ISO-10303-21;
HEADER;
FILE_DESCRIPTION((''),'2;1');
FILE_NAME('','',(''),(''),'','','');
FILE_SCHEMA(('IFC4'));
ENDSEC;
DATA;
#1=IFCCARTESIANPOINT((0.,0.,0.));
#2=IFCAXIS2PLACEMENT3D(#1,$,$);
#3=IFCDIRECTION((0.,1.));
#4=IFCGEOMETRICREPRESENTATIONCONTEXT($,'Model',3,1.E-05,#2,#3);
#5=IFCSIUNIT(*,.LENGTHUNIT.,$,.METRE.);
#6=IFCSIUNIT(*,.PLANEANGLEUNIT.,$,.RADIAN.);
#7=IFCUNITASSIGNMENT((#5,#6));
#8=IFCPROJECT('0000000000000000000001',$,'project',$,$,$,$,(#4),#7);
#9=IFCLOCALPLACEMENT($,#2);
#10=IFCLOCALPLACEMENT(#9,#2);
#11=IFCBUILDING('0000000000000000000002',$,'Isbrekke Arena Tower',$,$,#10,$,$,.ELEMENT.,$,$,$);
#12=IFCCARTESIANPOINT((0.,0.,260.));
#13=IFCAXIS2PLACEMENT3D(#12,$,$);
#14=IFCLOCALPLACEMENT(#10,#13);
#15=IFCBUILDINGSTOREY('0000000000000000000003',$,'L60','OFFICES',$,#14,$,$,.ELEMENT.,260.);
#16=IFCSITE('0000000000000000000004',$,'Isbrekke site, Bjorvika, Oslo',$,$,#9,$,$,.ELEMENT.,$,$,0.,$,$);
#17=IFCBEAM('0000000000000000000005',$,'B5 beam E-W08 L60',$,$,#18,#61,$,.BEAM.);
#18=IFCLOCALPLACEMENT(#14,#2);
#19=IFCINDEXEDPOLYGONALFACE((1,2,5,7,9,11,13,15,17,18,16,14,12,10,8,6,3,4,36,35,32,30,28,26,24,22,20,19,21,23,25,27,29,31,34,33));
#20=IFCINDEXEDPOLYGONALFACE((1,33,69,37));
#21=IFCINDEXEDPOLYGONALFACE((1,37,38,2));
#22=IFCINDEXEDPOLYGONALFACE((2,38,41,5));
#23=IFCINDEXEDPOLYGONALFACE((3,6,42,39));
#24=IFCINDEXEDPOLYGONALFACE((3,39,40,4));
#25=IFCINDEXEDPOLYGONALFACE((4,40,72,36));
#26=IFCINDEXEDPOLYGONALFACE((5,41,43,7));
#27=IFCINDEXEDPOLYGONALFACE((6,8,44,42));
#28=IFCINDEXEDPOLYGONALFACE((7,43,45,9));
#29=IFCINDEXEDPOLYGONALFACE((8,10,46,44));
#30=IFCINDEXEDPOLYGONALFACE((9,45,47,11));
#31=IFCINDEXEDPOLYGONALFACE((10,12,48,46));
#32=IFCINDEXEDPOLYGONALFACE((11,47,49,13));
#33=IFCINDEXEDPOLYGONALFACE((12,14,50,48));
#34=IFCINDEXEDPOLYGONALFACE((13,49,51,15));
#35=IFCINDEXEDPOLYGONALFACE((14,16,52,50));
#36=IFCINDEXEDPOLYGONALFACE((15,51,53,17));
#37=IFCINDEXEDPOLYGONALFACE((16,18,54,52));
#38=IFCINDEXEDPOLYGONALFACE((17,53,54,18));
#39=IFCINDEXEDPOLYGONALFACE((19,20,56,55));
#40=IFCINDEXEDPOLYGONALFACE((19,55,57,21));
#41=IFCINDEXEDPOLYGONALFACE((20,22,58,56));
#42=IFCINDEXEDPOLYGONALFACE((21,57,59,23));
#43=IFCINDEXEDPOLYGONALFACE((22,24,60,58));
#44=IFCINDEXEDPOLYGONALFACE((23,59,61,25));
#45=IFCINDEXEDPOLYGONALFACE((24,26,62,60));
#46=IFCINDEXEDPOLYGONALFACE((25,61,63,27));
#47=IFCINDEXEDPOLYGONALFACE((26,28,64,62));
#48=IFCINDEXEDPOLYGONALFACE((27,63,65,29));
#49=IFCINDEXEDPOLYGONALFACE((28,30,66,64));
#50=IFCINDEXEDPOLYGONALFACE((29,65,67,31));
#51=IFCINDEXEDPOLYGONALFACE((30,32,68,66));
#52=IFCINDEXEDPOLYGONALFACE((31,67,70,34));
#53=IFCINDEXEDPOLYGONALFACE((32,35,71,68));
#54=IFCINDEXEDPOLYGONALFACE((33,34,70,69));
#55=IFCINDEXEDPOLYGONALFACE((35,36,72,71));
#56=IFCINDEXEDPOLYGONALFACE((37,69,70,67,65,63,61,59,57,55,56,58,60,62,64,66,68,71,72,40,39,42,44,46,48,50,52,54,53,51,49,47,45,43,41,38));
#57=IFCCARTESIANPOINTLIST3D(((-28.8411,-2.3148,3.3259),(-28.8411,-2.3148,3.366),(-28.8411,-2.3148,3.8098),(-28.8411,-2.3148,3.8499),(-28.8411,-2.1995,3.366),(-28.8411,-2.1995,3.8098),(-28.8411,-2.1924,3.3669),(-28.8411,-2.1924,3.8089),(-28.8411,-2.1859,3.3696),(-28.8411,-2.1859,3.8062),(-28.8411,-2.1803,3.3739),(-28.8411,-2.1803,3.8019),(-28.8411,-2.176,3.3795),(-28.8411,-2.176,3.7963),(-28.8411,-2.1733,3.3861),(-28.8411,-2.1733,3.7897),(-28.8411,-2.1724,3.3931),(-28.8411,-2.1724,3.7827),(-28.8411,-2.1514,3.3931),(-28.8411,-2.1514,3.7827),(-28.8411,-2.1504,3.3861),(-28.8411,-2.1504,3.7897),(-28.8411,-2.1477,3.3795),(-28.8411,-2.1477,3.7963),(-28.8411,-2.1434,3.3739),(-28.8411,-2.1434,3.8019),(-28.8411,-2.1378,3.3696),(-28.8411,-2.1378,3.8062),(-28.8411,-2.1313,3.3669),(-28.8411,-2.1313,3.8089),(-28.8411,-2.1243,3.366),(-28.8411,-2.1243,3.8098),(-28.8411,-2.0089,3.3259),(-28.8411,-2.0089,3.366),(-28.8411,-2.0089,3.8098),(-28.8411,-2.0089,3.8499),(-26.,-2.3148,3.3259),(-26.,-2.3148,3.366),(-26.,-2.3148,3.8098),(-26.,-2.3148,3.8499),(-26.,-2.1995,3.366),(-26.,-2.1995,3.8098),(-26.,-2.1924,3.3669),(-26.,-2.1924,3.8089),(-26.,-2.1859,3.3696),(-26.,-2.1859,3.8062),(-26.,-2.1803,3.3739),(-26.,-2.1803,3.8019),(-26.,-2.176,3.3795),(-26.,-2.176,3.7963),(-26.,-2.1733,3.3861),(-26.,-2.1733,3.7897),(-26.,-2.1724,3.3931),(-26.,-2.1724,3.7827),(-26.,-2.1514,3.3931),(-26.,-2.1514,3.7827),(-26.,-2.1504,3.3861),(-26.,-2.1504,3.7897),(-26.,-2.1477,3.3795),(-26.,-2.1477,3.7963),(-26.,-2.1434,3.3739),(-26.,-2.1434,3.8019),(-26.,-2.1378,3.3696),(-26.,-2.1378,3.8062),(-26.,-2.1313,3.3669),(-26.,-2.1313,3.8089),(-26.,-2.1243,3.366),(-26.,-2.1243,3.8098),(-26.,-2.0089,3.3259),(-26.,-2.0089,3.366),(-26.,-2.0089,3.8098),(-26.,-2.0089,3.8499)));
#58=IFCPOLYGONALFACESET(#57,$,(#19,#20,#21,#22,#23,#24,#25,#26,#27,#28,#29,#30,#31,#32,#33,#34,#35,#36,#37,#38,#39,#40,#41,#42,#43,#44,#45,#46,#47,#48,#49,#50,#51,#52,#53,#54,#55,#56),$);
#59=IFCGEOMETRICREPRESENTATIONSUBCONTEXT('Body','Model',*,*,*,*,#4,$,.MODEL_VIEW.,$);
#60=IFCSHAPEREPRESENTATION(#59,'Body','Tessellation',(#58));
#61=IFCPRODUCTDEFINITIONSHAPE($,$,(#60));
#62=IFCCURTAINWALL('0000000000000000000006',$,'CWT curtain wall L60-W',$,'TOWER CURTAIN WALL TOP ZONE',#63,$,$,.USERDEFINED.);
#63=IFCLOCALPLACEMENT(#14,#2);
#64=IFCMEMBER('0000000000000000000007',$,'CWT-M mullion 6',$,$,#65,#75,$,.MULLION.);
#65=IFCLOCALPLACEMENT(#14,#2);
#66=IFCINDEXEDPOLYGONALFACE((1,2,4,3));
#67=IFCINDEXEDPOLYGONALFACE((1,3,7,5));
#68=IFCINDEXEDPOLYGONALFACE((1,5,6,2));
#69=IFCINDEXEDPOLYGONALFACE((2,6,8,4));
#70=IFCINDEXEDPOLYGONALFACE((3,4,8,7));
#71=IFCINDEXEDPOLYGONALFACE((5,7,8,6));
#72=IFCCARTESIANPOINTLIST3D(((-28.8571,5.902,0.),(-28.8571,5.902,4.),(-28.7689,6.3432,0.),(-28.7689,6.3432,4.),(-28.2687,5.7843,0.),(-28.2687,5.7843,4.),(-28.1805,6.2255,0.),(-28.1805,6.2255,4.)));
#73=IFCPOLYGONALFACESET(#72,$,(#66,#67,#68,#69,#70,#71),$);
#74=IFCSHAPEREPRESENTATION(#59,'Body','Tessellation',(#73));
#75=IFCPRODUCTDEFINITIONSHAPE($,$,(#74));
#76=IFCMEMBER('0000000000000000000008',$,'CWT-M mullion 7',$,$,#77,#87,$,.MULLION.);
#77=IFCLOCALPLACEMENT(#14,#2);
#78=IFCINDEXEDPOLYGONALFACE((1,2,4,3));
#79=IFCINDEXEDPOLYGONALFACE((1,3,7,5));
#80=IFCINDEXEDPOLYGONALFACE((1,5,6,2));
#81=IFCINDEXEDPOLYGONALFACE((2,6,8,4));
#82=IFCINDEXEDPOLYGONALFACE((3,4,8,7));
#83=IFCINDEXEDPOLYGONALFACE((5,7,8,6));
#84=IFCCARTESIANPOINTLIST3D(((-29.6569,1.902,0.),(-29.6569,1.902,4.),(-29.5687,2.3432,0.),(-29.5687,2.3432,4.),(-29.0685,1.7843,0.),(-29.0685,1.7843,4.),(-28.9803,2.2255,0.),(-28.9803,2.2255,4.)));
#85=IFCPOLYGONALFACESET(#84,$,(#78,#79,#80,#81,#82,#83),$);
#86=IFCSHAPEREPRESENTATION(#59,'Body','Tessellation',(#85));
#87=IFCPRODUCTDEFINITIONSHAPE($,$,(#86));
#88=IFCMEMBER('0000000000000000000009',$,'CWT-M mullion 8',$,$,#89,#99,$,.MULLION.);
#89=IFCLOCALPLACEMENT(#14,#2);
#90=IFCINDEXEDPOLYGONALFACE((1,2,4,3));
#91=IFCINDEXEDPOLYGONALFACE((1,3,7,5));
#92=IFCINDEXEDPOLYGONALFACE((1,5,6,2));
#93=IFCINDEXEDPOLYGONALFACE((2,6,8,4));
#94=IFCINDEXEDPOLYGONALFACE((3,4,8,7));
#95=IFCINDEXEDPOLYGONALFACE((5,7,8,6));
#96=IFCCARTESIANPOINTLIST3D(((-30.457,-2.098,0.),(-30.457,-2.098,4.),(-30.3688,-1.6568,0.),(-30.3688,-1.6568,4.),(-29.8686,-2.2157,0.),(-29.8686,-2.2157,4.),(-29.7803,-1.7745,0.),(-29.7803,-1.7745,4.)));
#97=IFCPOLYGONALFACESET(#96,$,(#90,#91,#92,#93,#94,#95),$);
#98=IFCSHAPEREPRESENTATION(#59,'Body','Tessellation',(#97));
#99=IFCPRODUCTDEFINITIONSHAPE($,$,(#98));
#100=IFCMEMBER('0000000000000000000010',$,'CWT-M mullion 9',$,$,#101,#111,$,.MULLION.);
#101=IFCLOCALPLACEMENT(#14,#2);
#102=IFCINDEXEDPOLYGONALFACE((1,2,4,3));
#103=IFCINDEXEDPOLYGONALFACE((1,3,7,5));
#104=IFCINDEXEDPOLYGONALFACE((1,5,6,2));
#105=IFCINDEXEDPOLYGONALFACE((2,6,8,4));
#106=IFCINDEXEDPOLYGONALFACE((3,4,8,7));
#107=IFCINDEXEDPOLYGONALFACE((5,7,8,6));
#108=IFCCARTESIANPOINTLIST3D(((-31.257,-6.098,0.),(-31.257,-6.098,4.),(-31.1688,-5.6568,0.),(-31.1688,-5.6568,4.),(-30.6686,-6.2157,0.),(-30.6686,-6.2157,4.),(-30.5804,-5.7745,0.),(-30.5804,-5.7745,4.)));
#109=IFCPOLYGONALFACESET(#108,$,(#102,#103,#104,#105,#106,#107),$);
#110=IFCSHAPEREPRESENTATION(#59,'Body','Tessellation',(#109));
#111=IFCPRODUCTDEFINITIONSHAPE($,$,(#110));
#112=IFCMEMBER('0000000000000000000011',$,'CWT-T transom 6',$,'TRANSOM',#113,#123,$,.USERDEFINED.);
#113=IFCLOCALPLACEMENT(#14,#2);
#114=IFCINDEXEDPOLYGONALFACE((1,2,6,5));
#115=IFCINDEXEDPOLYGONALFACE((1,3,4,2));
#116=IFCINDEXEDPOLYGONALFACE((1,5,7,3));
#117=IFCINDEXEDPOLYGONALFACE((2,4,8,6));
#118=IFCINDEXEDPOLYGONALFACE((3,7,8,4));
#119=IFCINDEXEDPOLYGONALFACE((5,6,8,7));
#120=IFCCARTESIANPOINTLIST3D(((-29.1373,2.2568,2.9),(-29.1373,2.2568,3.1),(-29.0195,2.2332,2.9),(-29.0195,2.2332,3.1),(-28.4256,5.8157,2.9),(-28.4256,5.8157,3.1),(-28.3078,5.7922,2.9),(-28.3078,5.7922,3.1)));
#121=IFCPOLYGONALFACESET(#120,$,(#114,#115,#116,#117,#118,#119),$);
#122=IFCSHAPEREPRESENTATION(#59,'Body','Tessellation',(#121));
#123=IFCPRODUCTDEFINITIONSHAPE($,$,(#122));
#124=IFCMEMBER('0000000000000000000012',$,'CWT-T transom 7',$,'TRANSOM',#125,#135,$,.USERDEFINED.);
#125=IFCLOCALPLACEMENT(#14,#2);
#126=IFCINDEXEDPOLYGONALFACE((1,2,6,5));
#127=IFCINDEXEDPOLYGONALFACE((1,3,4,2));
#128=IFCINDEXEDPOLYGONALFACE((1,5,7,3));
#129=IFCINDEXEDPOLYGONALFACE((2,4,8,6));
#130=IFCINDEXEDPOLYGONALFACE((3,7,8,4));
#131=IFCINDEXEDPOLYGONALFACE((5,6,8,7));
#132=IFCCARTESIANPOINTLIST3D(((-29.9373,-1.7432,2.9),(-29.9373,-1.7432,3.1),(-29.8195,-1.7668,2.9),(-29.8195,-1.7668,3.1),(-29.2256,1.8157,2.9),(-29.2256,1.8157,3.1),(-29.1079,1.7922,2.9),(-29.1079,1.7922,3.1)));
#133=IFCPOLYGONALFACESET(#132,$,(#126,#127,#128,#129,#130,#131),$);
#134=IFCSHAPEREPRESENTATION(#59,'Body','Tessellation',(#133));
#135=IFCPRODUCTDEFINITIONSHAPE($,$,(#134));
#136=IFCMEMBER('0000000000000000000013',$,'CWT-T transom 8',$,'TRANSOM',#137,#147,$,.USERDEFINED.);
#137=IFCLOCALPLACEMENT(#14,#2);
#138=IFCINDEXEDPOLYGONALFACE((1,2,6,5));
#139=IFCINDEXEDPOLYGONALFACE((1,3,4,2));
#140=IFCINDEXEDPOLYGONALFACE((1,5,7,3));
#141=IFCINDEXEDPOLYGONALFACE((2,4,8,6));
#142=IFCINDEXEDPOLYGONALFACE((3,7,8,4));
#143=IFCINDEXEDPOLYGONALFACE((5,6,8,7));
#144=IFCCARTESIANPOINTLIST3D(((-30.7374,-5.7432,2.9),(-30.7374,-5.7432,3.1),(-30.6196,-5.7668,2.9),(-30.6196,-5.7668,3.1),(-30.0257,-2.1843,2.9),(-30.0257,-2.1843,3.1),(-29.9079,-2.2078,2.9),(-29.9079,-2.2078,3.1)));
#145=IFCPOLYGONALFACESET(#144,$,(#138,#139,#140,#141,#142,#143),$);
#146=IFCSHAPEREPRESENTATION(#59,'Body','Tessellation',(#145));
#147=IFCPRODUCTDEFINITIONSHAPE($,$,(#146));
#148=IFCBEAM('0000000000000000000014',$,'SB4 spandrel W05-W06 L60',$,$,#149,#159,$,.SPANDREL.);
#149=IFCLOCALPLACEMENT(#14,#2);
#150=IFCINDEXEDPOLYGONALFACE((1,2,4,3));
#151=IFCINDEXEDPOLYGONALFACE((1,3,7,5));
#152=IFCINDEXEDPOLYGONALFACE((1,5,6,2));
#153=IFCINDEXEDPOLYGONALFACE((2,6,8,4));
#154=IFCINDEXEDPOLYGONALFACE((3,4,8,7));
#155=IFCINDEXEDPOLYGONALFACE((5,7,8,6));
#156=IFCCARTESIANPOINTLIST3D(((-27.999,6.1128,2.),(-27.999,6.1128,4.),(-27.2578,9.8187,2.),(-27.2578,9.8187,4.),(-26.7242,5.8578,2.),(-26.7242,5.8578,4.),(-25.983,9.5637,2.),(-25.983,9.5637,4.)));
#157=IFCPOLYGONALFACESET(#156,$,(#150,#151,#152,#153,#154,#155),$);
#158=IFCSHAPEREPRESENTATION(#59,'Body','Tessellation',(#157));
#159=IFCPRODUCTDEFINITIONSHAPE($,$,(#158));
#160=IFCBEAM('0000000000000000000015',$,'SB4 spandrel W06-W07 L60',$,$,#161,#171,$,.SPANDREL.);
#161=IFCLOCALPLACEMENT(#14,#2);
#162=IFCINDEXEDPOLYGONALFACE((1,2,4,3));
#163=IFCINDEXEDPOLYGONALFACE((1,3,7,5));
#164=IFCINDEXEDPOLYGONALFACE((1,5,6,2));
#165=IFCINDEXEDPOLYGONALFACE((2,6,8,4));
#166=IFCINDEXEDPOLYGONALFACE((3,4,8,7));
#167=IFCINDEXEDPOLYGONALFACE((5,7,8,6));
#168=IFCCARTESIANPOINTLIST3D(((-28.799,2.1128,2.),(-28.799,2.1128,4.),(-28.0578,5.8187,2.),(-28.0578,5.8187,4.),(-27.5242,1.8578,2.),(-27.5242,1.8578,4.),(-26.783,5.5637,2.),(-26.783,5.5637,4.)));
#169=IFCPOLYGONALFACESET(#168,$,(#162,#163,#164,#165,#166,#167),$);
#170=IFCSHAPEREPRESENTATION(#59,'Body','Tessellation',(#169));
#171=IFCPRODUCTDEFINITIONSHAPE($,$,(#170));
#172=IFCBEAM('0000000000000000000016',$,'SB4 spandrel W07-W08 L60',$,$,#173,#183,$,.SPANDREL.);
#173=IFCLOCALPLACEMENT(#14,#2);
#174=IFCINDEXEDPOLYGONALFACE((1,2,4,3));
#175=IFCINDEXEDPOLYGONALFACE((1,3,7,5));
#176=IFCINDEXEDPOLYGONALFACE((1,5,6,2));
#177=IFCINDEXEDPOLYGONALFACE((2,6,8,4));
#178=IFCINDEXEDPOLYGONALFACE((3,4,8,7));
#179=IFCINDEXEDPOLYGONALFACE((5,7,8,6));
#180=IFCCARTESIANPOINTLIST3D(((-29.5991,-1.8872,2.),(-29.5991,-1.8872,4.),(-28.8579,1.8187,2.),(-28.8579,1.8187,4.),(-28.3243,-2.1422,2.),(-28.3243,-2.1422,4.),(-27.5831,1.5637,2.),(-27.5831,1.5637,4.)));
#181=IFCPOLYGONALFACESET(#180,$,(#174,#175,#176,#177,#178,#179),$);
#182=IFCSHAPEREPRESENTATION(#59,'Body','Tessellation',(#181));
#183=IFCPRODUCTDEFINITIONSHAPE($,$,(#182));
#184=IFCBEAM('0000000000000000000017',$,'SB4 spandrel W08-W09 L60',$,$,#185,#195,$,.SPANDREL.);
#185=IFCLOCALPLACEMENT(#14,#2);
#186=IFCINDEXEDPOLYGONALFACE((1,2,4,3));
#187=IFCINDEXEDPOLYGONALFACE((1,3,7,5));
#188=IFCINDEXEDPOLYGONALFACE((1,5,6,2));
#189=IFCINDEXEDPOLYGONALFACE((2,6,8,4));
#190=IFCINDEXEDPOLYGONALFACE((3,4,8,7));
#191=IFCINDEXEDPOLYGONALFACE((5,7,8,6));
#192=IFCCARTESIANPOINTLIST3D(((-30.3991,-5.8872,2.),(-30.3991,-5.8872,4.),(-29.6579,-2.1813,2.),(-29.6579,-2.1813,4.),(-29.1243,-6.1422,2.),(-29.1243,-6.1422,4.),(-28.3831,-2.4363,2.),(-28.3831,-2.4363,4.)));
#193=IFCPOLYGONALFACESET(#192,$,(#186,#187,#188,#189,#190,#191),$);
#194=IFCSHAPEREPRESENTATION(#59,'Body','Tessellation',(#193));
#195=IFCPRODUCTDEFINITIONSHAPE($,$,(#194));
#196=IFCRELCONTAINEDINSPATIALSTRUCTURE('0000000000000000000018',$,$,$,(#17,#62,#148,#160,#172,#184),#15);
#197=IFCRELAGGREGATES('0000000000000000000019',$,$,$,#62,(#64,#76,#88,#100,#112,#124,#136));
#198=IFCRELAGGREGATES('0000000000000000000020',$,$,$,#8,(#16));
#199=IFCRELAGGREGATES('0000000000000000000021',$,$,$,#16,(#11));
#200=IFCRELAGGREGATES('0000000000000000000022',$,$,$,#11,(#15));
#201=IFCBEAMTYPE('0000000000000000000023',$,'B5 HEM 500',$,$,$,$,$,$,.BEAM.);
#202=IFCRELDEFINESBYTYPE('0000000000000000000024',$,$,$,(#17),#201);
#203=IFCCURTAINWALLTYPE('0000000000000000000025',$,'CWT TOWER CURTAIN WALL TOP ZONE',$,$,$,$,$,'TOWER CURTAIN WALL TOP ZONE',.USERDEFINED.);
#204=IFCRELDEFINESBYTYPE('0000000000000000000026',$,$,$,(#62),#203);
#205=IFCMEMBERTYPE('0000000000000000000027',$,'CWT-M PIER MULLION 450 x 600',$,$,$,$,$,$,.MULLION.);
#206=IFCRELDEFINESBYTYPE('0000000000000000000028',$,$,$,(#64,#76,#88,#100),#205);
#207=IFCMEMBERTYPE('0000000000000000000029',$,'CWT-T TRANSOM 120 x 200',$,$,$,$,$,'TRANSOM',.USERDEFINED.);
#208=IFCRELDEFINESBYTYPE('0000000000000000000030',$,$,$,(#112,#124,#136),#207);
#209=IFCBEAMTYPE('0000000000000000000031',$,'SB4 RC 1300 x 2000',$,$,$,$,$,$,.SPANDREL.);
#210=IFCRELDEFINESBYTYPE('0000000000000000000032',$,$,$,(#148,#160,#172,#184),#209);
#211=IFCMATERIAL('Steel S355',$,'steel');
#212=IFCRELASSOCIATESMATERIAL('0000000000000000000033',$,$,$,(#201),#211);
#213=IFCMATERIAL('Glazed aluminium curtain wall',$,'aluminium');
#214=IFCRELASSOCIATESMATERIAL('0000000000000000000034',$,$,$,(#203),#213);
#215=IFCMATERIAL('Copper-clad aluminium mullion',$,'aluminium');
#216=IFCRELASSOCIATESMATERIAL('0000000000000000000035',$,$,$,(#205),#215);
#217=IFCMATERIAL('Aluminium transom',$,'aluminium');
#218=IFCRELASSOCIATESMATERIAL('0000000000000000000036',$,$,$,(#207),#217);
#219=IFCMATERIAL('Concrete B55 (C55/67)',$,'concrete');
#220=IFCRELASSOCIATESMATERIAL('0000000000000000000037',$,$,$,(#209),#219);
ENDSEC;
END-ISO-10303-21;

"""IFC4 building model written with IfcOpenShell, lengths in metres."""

from ifc_helpers import new_model, si_unit, direction, frame, origin, origin_2d, place, context, subcontext, project, spatial, rectangle, i_section, extrude, material, material_profile, profile_set, type_object, element, aggregate, save


model = new_model("IFC4")

# Units and contexts
model_context = context("Model", 3, precision=1e-05, world=origin(), true_north=direction((0.0, 1.0)))
body_context = subcontext(model_context, "Body", "Model", "MODEL_VIEW")
ifc_project = project(units=[si_unit("LENGTHUNIT", "METRE"), si_unit("PLANEANGLEUNIT", "RADIAN")], contexts=[model_context])

# Site, building, storey
site_placement = place(None, origin())
site = spatial("IfcSite", under=ifc_project, at=site_placement, Name="Isbrekke site, Bjorvika, Oslo", CompositionType="ELEMENT", RefElevation=0.0)
building_placement = place(site_placement, origin())
building = spatial("IfcBuilding", under=site, at=building_placement, Name="Isbrekke Arena Tower", CompositionType="ELEMENT")
storey_placement = place(building_placement, frame((0.0, 0.0, 260.0)))
storey = spatial("IfcBuildingStorey", under=building, at=storey_placement, Name="L60", Description="OFFICES", CompositionType="ELEMENT", Elevation=260.0)

# Beam
ifc_material_1 = material(Name="Steel S355", Category="steel")
ifc_material_profile_1 = material_profile(ifc_material_1, i_section(OverallWidth=0.3059, OverallDepth=0.5239, WebThickness=0.021, FlangeThickness=0.04, FilletRadius=0.0271, at=origin_2d()), Name="HEM 500")
ifc_profile_set_1 = profile_set([ifc_material_profile_1], Name="Steel S355")
beam_type_1 = type_object("IfcBeamType", Name="B5 HEM 500", PredefinedType="BEAM", material=ifc_profile_set_1)
beam_1_placement = place(storey_placement, frame((-28.8411, -2.1619, 3.5879), z_axis=(1.0, 0.0, 0.0), x_axis=(0.0, 1.0, 0.0)))
element("IfcBeam", 1, at=beam_1_placement, inside=storey, type_object=beam_type_1, Name="B5 beam E-W08 L60", PredefinedType="BEAM", context=body_context, shape_type="SweptSolid", body=[
    extrude(i_section(OverallWidth=0.3059, OverallDepth=0.5239, WebThickness=0.021, FlangeThickness=0.04, FilletRadius=0.0271, at=origin_2d()), origin(), (0.0, 0.0, 1.0), 2.8411),
])

# Curtain wall, members
ifc_material_2 = material(Name="Glazed aluminium curtain wall", Category="aluminium")
curtain_wall_type = type_object("IfcCurtainWallType", Name="CWT TOWER CURTAIN WALL TOP ZONE", ElementType="TOWER CURTAIN WALL TOP ZONE", PredefinedType="USERDEFINED", material=ifc_material_2)
curtain_wall_placement = place(storey_placement, origin())
curtain_wall = element("IfcCurtainWall", 2, at=curtain_wall_placement, inside=storey, type_object=curtain_wall_type, Name="CWT curtain wall L60-W", ObjectType="TOWER CURTAIN WALL TOP ZONE", PredefinedType="USERDEFINED")
ifc_material_3 = material(Name="Copper-clad aluminium mullion", Category="aluminium")
ifc_material_profile_2 = material_profile(ifc_material_3, rectangle(XDim=0.45, YDim=0.6001, at=origin_2d()), Name="PIER 450X600")
ifc_profile_set_2 = profile_set([ifc_material_profile_2], Name="Copper-clad aluminium mullion")
member_type_1 = type_object("IfcMemberType", Name="CWT-M PIER MULLION 450 x 600", PredefinedType="MULLION", material=ifc_profile_set_2)
member_1_placement = place(storey_placement, frame((-28.5188, 6.0637, 0.0), z_axis=(0.0, 0.0, 1.0), x_axis=(-0.196116, -0.980581, 0.0)))
member_1 = element("IfcMember", 3, at=member_1_placement, type_object=member_type_1, Name="CWT-M mullion 6", PredefinedType="MULLION", context=body_context, shape_type="SweptSolid", body=[
    extrude(rectangle(XDim=0.45, YDim=0.6001, at=origin_2d()), origin(), (0.0, 0.0, 1.0), 4.0),
])
member_2_placement = place(storey_placement, frame((-29.3186, 2.0637, 0.0), z_axis=(0.0, 0.0, 1.0), x_axis=(-0.196116, -0.980581, 0.0)))
member_2 = element("IfcMember", 4, at=member_2_placement, type_object=member_type_1, Name="CWT-M mullion 7", PredefinedType="MULLION", context=body_context, shape_type="SweptSolid", body=[
    extrude(rectangle(XDim=0.45, YDim=0.6001, at=origin_2d()), origin(), (0.0, 0.0, 1.0), 4.0),
])
member_3_placement = place(storey_placement, frame((-30.1187, -1.9363, 0.0), z_axis=(0.0, 0.0, 1.0), x_axis=(-0.196116, -0.980581, 0.0)))
member_3 = element("IfcMember", 5, at=member_3_placement, type_object=member_type_1, Name="CWT-M mullion 8", PredefinedType="MULLION", context=body_context, shape_type="SweptSolid", body=[
    extrude(rectangle(XDim=0.45, YDim=0.6001, at=origin_2d()), origin(), (0.0, 0.0, 1.0), 4.0),
])
member_4_placement = place(storey_placement, frame((-30.9187, -5.9363, 0.0), z_axis=(0.0, 0.0, 1.0), x_axis=(-0.196116, -0.980581, 0.0)))
member_4 = element("IfcMember", 6, at=member_4_placement, type_object=member_type_1, Name="CWT-M mullion 9", PredefinedType="MULLION", context=body_context, shape_type="SweptSolid", body=[
    extrude(rectangle(XDim=0.45, YDim=0.6001, at=origin_2d()), origin(), (0.0, 0.0, 1.0), 4.0),
])
ifc_material_4 = material(Name="Aluminium transom", Category="aluminium")
ifc_material_profile_3 = material_profile(ifc_material_4, rectangle(XDim=0.1201, YDim=0.2, at=origin_2d()), Name="TRANSOM 120X200")
ifc_profile_set_3 = profile_set([ifc_material_profile_3], Name="Aluminium transom")
member_type_2 = type_object("IfcMemberType", Name="CWT-T TRANSOM 120 x 200", ElementType="TRANSOM", PredefinedType="USERDEFINED", material=ifc_profile_set_3)
member_5_placement = place(storey_placement, frame((-28.3667, 5.804, 3.0), z_axis=(-0.19609, -0.980586, 0.0), x_axis=(0.980586, -0.19609, 0.0)))
member_5 = element("IfcMember", 7, at=member_5_placement, type_object=member_type_2, Name="CWT-T transom 6", ObjectType="TRANSOM", PredefinedType="USERDEFINED", context=body_context, shape_type="SweptSolid", body=[
    extrude(rectangle(XDim=0.1201, YDim=0.2, at=origin_2d()), origin(), (0.0, 0.0, 1.0), 3.6294),
])
member_6_placement = place(storey_placement, frame((-29.1667, 1.804, 3.0), z_axis=(-0.19609, -0.980586, 0.0), x_axis=(0.980586, -0.19609, 0.0)))
member_6 = element("IfcMember", 8, at=member_6_placement, type_object=member_type_2, Name="CWT-T transom 7", ObjectType="TRANSOM", PredefinedType="USERDEFINED", context=body_context, shape_type="SweptSolid", body=[
    extrude(rectangle(XDim=0.1201, YDim=0.2, at=origin_2d()), origin(), (0.0, 0.0, 1.0), 3.6294),
])
member_7_placement = place(storey_placement, frame((-29.9668, -2.196, 3.0), z_axis=(-0.19609, -0.980586, 0.0), x_axis=(0.980586, -0.19609, 0.0)))
member_7 = element("IfcMember", 9, at=member_7_placement, type_object=member_type_2, Name="CWT-T transom 8", ObjectType="TRANSOM", PredefinedType="USERDEFINED", context=body_context, shape_type="SweptSolid", body=[
    extrude(rectangle(XDim=0.1201, YDim=0.2, at=origin_2d()), origin(), (0.0, 0.0, 1.0), 3.6294),
])

# Beams
ifc_material_5 = material(Name="Concrete B55 (C55/67)", Category="concrete")
ifc_material_profile_4 = material_profile(ifc_material_5, rectangle(XDim=1.3, YDim=2.0, at=origin_2d()), Name="RC 1300x2000")
ifc_profile_set_4 = profile_set([ifc_material_profile_4], Name="Concrete B55 (C55/67)")
beam_type_2 = type_object("IfcBeamType", Name="SB4 RC 1300 x 2000", PredefinedType="SPANDREL", material=ifc_profile_set_4)
for number, where, z_axis, x_axis, name in (
    (10, (-26.6204, 9.6912, 3.0), (-0.196129, -0.980578, 0.0), (0.980578, -0.196129, 0.0), "SB4 spandrel W05-W06 L60"),
    (11, (-27.4204, 5.6912, 3.0), (-0.196129, -0.980578, 0.0), (0.980578, -0.196129, 0.0), "SB4 spandrel W06-W07 L60"),
    (12, (-28.2205, 1.6912, 3.0), (-0.196129, -0.980578, 0.0), (0.980578, -0.196129, 0.0), "SB4 spandrel W07-W08 L60"),
    (13, (-29.0205, -2.3088, 3.0), (-0.196129, -0.980578, 0.0), (0.980578, -0.196129, 0.0), "SB4 spandrel W08-W09 L60"),
):
    element("IfcBeam", number, at=place(storey_placement, frame(where, z_axis=z_axis, x_axis=x_axis)), inside=storey, type_object=beam_type_2, Name=name, PredefinedType="SPANDREL", context=body_context, shape_type="SweptSolid", body=[
        extrude(rectangle(XDim=1.3, YDim=2.0, at=origin_2d()), origin(), (0.0, 0.0, 1.0), 3.7793),
    ])

aggregate(curtain_wall, [member_1, member_2, member_3, member_4, member_5, member_6, member_7])

save(model, "model.ifc")
